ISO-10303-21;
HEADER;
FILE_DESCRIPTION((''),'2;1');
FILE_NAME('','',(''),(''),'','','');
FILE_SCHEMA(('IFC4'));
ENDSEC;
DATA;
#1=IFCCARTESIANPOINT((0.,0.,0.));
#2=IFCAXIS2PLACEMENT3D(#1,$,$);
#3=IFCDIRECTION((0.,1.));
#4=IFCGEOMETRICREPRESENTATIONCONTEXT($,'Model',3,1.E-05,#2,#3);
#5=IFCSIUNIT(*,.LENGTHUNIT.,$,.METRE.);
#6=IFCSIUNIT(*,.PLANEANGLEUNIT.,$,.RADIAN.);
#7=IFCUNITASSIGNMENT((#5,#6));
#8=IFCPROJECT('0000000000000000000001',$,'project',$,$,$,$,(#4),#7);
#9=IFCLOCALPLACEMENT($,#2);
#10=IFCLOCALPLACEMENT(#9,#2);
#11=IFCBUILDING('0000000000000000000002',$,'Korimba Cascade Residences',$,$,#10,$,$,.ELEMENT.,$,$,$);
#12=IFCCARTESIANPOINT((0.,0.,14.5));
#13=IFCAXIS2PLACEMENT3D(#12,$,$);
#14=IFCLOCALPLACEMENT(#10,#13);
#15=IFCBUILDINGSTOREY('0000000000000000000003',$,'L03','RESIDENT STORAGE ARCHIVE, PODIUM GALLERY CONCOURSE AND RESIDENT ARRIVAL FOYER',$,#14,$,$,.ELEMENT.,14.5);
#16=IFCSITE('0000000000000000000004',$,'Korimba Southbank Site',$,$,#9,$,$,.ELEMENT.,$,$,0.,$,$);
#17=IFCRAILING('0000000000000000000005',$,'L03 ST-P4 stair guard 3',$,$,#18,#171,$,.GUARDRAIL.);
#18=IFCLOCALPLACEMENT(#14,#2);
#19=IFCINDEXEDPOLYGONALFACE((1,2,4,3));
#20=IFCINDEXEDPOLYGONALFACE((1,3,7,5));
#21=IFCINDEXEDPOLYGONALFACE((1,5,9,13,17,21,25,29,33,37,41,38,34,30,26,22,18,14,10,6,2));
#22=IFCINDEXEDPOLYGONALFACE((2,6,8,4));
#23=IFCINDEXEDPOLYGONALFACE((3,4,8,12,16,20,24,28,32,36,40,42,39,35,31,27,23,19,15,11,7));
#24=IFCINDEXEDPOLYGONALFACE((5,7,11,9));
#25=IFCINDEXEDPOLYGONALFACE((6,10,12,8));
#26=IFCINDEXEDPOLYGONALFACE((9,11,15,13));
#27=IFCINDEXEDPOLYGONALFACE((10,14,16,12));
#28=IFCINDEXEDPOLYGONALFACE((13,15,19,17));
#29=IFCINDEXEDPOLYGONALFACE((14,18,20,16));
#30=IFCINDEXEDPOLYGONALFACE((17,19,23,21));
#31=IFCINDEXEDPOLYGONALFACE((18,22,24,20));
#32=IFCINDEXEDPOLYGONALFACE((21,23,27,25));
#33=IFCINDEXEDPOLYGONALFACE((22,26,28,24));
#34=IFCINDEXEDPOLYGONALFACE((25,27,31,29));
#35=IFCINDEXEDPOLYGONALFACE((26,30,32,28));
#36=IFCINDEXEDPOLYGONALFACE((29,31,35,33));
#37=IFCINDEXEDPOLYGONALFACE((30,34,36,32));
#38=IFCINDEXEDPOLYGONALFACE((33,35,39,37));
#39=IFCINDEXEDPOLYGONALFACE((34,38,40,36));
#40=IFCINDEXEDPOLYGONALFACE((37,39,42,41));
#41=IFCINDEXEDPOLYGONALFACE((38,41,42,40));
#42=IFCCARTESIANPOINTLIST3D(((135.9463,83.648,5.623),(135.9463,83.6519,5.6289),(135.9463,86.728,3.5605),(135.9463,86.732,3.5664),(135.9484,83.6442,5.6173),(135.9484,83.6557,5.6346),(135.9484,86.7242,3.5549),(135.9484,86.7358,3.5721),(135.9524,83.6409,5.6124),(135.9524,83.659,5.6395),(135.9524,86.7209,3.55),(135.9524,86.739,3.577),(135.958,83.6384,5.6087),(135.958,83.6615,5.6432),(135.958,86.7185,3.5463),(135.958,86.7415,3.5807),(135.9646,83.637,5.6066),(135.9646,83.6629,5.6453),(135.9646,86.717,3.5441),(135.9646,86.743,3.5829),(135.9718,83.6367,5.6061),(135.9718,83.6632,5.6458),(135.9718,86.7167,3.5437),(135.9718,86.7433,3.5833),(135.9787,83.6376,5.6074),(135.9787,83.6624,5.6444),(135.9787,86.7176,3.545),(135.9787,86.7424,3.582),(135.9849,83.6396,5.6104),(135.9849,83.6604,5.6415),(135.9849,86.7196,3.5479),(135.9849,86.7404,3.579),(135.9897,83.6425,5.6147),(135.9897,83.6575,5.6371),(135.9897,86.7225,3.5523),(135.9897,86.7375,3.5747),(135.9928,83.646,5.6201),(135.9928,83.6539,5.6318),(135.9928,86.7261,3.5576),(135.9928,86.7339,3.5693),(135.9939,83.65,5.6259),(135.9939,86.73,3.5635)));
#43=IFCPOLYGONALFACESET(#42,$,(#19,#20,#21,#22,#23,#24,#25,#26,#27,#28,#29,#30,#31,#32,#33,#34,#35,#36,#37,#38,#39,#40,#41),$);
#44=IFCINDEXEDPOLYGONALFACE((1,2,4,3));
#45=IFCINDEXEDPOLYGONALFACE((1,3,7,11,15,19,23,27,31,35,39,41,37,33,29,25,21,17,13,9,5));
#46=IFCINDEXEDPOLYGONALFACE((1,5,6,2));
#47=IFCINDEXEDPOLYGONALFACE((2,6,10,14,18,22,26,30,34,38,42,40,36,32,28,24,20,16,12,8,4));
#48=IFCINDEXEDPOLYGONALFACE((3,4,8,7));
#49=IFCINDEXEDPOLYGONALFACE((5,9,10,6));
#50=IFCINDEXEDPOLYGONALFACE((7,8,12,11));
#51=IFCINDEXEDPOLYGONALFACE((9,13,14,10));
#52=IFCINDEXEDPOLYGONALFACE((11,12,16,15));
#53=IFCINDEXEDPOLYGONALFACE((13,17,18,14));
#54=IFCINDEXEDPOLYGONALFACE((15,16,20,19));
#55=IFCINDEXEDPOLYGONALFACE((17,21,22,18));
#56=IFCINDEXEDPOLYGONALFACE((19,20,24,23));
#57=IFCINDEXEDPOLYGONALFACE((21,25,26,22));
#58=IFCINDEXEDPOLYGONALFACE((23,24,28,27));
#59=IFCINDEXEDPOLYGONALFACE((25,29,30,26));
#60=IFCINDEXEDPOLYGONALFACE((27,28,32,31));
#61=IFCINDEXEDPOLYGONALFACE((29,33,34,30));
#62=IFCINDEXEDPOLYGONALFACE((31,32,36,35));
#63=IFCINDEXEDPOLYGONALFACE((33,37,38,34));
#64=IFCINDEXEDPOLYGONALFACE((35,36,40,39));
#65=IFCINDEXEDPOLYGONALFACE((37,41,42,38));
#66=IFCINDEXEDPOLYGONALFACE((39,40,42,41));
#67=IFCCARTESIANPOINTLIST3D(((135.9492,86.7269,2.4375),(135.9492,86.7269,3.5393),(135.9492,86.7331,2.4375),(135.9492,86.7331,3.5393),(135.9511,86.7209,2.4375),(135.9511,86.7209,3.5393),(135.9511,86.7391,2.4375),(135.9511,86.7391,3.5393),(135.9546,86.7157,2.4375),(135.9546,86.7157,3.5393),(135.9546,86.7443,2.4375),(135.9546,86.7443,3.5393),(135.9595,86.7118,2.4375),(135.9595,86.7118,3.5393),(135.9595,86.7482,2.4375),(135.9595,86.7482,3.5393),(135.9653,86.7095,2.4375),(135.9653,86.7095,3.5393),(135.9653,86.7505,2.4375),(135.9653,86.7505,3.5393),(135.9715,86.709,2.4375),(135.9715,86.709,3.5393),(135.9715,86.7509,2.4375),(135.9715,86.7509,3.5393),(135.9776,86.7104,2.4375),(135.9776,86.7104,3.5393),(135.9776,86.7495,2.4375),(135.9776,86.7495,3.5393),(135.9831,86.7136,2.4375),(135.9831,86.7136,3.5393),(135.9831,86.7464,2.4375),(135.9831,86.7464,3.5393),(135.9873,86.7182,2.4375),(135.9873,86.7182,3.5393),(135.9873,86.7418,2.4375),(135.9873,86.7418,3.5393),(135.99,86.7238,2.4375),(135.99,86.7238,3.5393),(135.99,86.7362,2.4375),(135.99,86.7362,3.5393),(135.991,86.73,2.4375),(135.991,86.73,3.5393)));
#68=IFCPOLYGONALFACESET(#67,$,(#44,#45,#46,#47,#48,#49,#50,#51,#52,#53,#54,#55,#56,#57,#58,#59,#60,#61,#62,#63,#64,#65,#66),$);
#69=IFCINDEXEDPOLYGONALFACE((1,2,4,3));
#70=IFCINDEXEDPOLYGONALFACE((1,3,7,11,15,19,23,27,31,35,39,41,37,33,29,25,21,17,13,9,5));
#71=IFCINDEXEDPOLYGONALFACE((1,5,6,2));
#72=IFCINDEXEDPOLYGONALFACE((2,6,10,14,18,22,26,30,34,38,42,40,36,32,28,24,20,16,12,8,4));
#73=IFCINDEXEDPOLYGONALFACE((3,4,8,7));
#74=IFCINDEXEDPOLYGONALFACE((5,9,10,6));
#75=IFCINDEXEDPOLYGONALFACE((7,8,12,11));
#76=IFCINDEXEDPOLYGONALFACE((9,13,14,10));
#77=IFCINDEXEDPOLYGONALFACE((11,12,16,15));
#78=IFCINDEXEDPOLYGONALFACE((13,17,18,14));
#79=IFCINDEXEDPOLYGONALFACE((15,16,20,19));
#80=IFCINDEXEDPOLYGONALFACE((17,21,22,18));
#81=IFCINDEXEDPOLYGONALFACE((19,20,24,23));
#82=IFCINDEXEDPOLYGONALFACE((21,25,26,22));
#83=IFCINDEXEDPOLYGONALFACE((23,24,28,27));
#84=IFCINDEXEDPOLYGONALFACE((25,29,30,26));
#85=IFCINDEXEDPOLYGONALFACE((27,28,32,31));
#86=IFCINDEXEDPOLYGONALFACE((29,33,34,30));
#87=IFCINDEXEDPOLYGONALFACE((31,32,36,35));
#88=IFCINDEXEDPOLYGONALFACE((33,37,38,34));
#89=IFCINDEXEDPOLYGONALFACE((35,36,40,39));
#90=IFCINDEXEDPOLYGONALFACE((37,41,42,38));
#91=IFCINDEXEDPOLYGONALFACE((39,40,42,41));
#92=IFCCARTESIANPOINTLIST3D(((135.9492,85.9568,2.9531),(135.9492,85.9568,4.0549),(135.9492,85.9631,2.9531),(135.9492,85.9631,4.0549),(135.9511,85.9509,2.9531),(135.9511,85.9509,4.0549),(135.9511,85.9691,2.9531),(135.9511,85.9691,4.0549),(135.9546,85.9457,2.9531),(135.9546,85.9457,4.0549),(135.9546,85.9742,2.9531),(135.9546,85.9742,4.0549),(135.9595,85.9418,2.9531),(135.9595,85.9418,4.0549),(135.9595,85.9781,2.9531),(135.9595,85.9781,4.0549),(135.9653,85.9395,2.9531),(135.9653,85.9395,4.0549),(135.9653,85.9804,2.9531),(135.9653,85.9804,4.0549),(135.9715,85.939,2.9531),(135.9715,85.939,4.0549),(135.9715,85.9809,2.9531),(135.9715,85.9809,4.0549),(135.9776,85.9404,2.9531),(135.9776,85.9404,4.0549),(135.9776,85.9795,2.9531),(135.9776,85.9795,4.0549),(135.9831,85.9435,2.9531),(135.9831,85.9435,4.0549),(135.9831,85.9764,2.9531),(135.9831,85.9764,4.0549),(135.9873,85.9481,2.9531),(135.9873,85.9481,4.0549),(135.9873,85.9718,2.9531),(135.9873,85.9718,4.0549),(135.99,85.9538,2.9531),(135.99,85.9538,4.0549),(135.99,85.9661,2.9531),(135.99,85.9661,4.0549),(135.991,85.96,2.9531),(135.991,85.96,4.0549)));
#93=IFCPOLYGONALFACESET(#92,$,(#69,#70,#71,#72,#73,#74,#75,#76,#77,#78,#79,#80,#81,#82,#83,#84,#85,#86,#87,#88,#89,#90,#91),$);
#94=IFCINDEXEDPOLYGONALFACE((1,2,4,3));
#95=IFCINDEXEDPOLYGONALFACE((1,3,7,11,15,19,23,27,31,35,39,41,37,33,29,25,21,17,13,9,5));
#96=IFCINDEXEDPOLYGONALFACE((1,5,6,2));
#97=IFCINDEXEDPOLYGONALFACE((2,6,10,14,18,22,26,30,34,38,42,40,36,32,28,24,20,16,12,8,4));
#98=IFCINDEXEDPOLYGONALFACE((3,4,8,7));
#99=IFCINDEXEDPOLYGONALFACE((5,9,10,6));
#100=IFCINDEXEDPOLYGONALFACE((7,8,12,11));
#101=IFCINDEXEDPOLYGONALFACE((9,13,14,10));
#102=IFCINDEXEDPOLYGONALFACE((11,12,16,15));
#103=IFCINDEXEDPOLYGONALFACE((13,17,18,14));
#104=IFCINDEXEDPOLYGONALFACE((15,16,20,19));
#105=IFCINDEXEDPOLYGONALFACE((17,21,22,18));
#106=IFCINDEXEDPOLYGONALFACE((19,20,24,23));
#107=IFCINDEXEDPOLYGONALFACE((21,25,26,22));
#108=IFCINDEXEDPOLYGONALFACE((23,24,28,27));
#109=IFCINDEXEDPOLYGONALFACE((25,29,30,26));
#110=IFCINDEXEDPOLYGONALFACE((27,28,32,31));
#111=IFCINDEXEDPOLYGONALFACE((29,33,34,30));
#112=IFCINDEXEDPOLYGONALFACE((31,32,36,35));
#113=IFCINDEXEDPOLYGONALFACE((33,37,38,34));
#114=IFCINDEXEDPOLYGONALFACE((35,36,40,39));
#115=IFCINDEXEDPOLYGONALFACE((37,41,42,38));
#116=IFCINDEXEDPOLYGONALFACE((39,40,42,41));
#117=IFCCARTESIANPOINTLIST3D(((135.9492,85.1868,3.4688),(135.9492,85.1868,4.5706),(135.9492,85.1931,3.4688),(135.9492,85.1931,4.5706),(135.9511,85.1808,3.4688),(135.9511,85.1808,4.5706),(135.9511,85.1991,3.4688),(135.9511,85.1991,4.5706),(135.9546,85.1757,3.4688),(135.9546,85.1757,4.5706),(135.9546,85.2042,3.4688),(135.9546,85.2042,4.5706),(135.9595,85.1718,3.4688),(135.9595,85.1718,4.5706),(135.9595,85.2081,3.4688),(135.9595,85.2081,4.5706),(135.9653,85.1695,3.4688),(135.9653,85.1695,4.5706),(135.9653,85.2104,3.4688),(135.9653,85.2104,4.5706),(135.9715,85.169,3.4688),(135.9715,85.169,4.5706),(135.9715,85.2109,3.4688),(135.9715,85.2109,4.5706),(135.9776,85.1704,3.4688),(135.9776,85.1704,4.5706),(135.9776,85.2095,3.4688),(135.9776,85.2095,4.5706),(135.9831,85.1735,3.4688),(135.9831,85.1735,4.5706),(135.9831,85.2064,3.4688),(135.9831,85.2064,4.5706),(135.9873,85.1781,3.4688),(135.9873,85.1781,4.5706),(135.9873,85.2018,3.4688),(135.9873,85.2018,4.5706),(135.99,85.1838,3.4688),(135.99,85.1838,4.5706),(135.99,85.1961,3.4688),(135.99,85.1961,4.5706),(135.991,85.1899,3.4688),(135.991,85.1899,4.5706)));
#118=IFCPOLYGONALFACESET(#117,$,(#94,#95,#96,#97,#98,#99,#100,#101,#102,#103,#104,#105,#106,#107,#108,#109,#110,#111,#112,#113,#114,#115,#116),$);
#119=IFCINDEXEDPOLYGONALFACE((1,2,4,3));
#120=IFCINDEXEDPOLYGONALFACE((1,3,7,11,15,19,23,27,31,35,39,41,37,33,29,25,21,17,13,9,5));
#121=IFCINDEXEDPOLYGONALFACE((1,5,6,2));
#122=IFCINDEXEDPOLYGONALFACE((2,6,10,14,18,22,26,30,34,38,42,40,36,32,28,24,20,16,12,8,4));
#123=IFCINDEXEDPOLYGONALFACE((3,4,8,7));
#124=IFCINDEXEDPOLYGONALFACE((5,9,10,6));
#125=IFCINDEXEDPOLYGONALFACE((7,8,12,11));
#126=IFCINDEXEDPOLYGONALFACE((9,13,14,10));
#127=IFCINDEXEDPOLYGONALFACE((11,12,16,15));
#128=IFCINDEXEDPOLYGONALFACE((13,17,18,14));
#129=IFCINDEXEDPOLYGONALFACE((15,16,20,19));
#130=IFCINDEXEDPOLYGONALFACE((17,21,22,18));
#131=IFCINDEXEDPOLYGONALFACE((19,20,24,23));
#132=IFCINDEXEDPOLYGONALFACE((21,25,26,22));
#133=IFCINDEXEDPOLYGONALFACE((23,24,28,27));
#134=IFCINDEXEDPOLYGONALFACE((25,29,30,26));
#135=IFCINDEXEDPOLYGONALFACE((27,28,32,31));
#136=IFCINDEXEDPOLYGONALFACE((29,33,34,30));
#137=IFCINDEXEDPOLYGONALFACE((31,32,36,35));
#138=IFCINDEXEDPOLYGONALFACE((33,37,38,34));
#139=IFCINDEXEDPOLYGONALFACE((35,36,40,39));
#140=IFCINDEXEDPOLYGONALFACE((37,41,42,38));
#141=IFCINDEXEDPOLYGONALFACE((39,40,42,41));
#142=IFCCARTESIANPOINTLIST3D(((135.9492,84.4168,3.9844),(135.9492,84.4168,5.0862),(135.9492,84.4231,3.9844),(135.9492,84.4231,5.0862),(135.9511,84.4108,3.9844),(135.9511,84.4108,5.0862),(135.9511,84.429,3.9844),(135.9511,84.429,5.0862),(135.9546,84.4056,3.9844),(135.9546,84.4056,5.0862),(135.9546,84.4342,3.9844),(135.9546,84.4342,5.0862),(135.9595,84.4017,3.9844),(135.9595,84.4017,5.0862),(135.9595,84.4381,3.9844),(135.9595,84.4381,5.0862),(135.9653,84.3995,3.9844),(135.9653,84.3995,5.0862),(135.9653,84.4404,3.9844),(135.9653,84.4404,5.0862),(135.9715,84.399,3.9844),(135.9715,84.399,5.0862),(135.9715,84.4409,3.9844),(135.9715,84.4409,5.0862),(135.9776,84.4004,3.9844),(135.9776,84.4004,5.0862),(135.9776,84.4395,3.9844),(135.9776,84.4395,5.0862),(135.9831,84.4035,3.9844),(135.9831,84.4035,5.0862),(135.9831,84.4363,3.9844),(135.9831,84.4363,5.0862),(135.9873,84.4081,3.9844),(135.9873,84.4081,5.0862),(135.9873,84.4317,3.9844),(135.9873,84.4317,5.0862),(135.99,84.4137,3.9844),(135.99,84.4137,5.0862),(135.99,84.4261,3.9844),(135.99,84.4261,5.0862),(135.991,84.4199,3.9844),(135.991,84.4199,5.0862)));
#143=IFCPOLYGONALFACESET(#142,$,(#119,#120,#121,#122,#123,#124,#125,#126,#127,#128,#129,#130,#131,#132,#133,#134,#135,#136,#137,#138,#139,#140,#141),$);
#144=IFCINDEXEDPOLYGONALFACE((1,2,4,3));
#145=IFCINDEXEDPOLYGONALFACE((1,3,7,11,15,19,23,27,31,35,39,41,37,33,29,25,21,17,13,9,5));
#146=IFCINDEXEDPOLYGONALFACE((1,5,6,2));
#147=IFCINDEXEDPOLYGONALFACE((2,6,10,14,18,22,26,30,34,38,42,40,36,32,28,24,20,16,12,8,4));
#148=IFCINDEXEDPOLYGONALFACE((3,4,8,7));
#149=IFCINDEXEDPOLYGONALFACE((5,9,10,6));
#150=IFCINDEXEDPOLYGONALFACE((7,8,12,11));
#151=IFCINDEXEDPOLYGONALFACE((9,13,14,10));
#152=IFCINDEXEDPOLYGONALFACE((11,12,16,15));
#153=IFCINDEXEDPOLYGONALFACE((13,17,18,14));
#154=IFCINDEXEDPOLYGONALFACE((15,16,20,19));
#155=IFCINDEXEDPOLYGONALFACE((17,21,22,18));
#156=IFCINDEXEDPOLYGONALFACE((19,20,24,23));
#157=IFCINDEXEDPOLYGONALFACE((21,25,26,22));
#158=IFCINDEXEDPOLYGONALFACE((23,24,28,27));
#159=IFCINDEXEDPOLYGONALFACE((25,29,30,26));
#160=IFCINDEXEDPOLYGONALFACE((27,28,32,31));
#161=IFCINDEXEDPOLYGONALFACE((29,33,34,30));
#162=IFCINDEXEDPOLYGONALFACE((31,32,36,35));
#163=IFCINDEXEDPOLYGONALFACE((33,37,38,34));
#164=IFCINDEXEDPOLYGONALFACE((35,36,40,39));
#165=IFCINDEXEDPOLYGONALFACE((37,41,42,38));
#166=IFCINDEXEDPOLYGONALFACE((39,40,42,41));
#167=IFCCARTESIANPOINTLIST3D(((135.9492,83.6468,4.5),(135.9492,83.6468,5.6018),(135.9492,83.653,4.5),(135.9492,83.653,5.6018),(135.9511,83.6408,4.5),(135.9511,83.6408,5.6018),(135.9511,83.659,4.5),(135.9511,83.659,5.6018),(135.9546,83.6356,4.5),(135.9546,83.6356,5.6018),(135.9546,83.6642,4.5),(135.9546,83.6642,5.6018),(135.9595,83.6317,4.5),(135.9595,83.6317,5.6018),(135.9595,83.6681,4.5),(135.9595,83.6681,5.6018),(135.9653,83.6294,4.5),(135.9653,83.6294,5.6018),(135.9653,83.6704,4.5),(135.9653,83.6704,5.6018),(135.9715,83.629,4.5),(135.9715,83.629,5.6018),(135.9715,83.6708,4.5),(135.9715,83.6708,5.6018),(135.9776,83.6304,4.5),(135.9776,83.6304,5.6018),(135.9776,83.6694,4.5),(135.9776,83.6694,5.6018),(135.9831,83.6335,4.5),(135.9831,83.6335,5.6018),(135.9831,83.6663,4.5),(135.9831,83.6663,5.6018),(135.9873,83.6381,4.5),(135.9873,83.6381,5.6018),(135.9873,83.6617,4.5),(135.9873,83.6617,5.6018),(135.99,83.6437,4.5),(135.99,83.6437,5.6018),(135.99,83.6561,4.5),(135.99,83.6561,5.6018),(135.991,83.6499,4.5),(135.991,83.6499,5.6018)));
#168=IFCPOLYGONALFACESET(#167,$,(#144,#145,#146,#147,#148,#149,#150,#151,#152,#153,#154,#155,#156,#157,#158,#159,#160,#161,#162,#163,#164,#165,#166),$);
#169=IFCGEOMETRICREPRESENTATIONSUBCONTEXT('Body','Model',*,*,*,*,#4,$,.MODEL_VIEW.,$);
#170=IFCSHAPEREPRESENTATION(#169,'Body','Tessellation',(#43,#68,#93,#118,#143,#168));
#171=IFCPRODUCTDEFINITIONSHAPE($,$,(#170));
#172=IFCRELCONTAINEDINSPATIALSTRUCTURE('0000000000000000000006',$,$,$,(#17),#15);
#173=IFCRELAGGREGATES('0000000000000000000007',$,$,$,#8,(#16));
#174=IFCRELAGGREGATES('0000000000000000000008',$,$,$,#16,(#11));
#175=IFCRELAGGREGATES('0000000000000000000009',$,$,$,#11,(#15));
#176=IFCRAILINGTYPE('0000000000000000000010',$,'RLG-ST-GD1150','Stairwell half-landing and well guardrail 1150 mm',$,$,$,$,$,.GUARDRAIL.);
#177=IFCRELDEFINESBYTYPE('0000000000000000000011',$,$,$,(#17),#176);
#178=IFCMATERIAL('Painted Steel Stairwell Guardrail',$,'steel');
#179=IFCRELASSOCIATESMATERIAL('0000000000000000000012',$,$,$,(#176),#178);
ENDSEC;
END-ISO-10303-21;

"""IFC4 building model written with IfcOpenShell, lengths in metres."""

from ifc_helpers import new_model, si_unit, direction, frame, origin, origin_2d, place, context, subcontext, project, spatial, circle, extrude, material, type_object, element, save


model = new_model("IFC4")

# Units and contexts
model_context = context("Model", 3, precision=1e-05, world=origin(), true_north=direction((0.0, 1.0)))
body_context = subcontext(model_context, "Body", "Model", "MODEL_VIEW")
ifc_project = project(units=[si_unit("LENGTHUNIT", "METRE"), si_unit("PLANEANGLEUNIT", "RADIAN")], contexts=[model_context])

# Site, building, storey
site_placement = place(None, origin())
site = spatial("IfcSite", under=ifc_project, at=site_placement, Name="Korimba Southbank Site", CompositionType="ELEMENT", RefElevation=0.0)
building_placement = place(site_placement, origin())
building = spatial("IfcBuilding", under=site, at=building_placement, Name="Korimba Cascade Residences", CompositionType="ELEMENT")
storey_placement = place(building_placement, frame((0.0, 0.0, 14.5)))
storey = spatial("IfcBuildingStorey", under=building, at=storey_placement, Name="L03", Description="RESIDENT STORAGE ARCHIVE, PODIUM GALLERY CONCOURSE AND RESIDENT ARRIVAL FOYER", CompositionType="ELEMENT", Elevation=14.5)

# Railing
ifc_material_1 = material(Name="Painted Steel Stairwell Guardrail", Category="steel")
railing_type_1 = type_object("IfcRailingType", Name="RLG-ST-GD1150", Description="Stairwell half-landing and well guardrail 1150 mm", PredefinedType="GUARDRAIL", material=ifc_material_1)
railing_1_placement = place(storey_placement, frame((135.97, 86.73, 2.4375)))
element("IfcRailing", 1, at=railing_1_placement, inside=storey, type_object=railing_type_1, Name="L03 ST-P4 stair guard 3", PredefinedType="GUARDRAIL", context=body_context, shape_type="SweptSolid", body=[
    extrude(circle(Radius=0.0239, at=origin_2d()), frame((0.0, 0.0, 1.126), z_axis=(0.0, -0.830914, 0.556401), x_axis=(1.0, 0.0, 0.0)), (0.0, 0.0, 1.0), 3.7068),
    extrude(circle(Radius=0.021, at=origin_2d()), origin(), (0.0, 0.0, 1.0), 1.1018),
    extrude(circle(Radius=0.021, at=origin_2d()), frame((0.0, -0.77, 0.5156)), (0.0, 0.0, 1.0), 1.1018),
    extrude(circle(Radius=0.021, at=origin_2d()), frame((0.0, -1.54, 1.0312)), (0.0, 0.0, 1.0), 1.1018),
    extrude(circle(Radius=0.021, at=origin_2d()), frame((0.0, -2.3101, 1.5469)), (0.0, 0.0, 1.0), 1.1018),
    extrude(circle(Radius=0.021, at=origin_2d()), frame((0.0, -3.0801, 2.0625)), (0.0, 0.0, 1.0), 1.1018),
])

save(model, "model.ifc")
